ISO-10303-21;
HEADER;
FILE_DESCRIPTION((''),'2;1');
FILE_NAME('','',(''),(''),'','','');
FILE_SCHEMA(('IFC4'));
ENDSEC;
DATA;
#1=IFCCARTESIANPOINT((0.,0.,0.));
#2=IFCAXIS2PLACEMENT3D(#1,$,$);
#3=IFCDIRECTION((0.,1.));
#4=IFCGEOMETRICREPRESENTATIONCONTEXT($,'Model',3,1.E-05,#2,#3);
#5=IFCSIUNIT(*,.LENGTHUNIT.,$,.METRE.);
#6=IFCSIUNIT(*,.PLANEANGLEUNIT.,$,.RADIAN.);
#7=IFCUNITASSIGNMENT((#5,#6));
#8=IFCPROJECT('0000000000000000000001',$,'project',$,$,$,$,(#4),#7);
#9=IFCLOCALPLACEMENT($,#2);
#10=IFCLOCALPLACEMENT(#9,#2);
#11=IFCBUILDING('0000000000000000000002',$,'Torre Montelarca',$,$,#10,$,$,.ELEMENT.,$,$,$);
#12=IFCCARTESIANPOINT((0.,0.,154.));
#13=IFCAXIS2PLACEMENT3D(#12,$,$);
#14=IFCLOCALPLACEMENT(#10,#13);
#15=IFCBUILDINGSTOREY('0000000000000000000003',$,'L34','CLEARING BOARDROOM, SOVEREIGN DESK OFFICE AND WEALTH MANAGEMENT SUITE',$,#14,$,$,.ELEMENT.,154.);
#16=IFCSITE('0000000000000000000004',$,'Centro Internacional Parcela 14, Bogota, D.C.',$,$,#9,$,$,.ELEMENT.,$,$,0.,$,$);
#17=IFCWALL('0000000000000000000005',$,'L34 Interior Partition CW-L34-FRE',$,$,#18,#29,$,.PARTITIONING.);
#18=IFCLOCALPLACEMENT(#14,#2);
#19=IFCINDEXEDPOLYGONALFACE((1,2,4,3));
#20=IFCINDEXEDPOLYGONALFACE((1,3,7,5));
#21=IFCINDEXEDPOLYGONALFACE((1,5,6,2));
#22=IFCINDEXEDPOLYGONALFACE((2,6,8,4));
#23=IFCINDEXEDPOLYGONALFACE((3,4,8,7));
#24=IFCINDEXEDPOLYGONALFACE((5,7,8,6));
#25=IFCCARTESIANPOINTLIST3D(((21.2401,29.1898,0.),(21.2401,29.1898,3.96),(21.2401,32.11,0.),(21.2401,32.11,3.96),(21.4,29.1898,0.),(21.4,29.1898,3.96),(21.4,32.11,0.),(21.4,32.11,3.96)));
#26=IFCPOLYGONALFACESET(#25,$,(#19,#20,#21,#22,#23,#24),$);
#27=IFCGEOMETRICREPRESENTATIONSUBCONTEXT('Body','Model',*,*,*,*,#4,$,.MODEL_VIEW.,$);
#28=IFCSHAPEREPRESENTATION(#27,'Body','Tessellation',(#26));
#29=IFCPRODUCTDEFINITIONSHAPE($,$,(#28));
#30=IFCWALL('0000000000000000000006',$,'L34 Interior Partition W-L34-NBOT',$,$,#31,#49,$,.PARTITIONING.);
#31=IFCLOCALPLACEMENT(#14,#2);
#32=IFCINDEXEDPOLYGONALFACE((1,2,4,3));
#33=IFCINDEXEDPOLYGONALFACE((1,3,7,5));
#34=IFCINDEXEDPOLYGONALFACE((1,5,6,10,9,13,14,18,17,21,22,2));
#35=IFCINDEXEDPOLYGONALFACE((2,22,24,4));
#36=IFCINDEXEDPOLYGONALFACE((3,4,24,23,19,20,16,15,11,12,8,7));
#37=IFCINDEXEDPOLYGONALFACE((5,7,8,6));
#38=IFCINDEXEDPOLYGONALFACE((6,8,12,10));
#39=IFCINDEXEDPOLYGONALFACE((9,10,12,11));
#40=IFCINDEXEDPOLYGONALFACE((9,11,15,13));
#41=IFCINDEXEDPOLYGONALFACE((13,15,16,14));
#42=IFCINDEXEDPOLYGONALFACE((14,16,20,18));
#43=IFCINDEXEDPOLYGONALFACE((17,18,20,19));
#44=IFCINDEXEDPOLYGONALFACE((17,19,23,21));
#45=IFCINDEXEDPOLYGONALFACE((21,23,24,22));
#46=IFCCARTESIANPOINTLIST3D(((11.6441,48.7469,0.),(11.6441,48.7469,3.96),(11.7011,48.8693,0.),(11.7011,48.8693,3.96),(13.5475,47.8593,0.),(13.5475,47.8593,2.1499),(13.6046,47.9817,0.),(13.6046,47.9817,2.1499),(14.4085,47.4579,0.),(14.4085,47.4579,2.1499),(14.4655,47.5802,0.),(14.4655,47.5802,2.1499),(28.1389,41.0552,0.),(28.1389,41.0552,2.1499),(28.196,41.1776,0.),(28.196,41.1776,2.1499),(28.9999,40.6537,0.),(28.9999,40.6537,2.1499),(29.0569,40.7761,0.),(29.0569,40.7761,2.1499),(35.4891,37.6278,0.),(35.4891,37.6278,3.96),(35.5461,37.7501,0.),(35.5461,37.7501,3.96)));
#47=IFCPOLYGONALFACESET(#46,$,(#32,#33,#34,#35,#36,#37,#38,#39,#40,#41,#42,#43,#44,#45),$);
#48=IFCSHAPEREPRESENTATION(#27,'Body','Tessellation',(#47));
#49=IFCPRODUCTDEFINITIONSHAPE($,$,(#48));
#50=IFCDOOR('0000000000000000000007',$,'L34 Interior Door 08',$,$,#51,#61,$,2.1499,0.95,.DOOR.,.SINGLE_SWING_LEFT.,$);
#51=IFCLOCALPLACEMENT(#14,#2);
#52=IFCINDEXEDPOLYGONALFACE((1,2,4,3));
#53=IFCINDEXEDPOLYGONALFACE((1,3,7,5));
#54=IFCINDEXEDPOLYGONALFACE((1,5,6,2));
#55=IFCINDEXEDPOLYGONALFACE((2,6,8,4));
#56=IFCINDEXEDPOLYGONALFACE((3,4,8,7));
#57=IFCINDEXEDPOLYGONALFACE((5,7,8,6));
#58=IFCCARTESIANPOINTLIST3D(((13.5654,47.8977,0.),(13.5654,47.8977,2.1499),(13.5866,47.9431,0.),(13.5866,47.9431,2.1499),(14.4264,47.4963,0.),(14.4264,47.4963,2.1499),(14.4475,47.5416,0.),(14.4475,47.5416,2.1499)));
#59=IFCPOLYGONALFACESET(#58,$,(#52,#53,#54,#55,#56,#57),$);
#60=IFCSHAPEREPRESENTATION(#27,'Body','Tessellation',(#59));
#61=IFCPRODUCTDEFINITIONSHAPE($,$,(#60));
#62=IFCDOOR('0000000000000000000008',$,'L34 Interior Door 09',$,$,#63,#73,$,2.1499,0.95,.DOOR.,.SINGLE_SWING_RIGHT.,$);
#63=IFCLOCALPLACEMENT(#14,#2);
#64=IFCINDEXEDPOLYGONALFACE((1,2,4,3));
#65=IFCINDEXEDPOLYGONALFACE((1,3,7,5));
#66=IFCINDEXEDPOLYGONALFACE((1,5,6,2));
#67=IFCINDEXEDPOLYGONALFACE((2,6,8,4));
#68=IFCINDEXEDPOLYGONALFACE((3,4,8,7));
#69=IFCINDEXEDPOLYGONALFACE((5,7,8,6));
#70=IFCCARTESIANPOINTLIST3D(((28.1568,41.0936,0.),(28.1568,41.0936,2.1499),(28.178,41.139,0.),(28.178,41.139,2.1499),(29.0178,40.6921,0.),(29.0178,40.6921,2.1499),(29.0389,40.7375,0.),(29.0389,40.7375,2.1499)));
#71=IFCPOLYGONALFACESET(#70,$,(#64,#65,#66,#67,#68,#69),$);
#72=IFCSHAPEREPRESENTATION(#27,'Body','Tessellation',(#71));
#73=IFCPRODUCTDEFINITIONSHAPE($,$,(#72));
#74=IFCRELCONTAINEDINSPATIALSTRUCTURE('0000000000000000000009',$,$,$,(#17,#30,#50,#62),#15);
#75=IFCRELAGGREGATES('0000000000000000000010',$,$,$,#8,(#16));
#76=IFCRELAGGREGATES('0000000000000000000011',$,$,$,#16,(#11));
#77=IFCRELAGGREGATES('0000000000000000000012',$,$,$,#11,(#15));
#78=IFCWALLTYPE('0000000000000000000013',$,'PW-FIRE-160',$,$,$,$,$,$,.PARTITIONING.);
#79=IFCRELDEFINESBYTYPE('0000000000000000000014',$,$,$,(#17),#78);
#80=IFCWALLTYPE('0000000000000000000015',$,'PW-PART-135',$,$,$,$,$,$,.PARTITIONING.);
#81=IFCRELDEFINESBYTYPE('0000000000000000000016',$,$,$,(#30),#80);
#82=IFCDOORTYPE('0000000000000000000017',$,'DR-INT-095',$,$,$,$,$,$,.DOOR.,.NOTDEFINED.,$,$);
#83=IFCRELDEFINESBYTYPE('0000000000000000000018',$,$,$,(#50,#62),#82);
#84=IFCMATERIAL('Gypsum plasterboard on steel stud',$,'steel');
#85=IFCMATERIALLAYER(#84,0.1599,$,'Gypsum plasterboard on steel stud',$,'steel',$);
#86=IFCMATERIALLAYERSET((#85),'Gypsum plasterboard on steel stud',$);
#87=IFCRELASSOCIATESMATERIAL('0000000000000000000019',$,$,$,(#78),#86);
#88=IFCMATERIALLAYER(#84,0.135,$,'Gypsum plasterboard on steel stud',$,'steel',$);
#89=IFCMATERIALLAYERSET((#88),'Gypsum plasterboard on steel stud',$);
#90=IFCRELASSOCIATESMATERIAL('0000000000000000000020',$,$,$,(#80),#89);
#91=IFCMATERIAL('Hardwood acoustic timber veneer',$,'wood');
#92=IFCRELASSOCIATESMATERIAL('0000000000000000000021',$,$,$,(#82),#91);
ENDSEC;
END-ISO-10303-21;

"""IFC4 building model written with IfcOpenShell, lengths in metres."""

from ifc_helpers import new_model, si_unit, direction, frame, frame_2d, origin, place, context, subcontext, project, spatial, rectangle, extrude, source, transform, mapped, material, layer, layer_set, type_object, element, fill, save


model = new_model("IFC4")

# Units and contexts
model_context = context("Model", 3, precision=1e-05, world=origin(), true_north=direction((0.0, 1.0)))
body_context = subcontext(model_context, "Body", "Model", "MODEL_VIEW")
ifc_project = project(units=[si_unit("LENGTHUNIT", "METRE"), si_unit("PLANEANGLEUNIT", "RADIAN")], contexts=[model_context])

# Site, building, storey
site_placement = place(None, origin())
site = spatial("IfcSite", under=ifc_project, at=site_placement, Name="Centro Internacional Parcela 14, Bogota, D.C.", CompositionType="ELEMENT", RefElevation=0.0)
building_placement = place(site_placement, origin())
building = spatial("IfcBuilding", under=site, at=building_placement, Name="Torre Montelarca", CompositionType="ELEMENT")
storey_placement = place(building_placement, frame((0.0, 0.0, 154.0)))
storey = spatial("IfcBuildingStorey", under=building, at=storey_placement, Name="L34", Description="CLEARING BOARDROOM, SOVEREIGN DESK OFFICE AND WEALTH MANAGEMENT SUITE", CompositionType="ELEMENT", Elevation=154.0)

# Shared definitions
ifc_material_1 = material(Name="Gypsum plasterboard on steel stud", Category="steel")
ifc_layer_1 = layer(ifc_material_1, 0.1599, Name="Gypsum plasterboard on steel stud", Category="steel")
ifc_layer_set_1 = layer_set([ifc_layer_1], Name="Gypsum plasterboard on steel stud")
wall_type_1 = type_object("IfcWallType", Name="PW-FIRE-160", PredefinedType="PARTITIONING", material=ifc_layer_set_1)

# Wall
wall_1_placement = place(storey_placement, frame((21.3201, 29.1899, 0.0), z_axis=(0.0, 0.0, 1.0), x_axis=(0.0, 1.0, 0.0)))
element("IfcWall", 1, at=wall_1_placement, inside=storey, type_object=wall_type_1, Name="L34 Interior Partition CW-L34-FRE", PredefinedType="PARTITIONING", context=body_context, shape_type="SweptSolid", body=[
    extrude(rectangle(XDim=2.9202, YDim=0.1599, at=frame_2d((1.46, 0.0))), origin(), (0.0, 0.0, 1.0), 3.96),
])

# Wall, openings, doors
ifc_layer_2 = layer(ifc_material_1, 0.135, Name="Gypsum plasterboard on steel stud", Category="steel")
ifc_layer_set_2 = layer_set([ifc_layer_2], Name="Gypsum plasterboard on steel stud")
wall_type_2 = type_object("IfcWallType", Name="PW-PART-135", PredefinedType="PARTITIONING", material=ifc_layer_set_2)
wall_2_placement = place(storey_placement, frame((11.6726, 48.8081, 0.0), z_axis=(0.0, 0.0, 1.0), x_axis=(0.906307, -0.42262, 0.0)))
wall_2 = element("IfcWall", 2, at=wall_2_placement, inside=storey, type_object=wall_type_2, Name="L34 Interior Partition W-L34-NBOT", PredefinedType="PARTITIONING", context=body_context, shape_type="SweptSolid", body=[
    extrude(rectangle(XDim=26.3101, YDim=0.135, at=frame_2d((13.155, 0.0))), origin(), (0.0, 0.0, 1.0), 3.96),
])
opening_1_placement = place(wall_2_placement, frame((2.1001, 0.0, 0.0)))
opening_1 = element("IfcOpeningElement", 3, at=opening_1_placement, cuts=wall_2, PredefinedType="OPENING", context=body_context, shape_type="SweptSolid", body=[
    extrude(rectangle(XDim=0.95, YDim=2.1499, at=frame_2d((0.4751, 1.075))), frame((0.0, 0.0776, 0.0), z_axis=(0.0, -1.0, 0.0), x_axis=(1.0, 0.0, 0.0)), (0.0, 0.0, 1.0), 0.155),
])
opening_2_placement = place(wall_2_placement, frame((18.2, 0.0, 0.0)))
opening_2 = element("IfcOpeningElement", 4, at=opening_2_placement, cuts=wall_2, PredefinedType="OPENING", context=body_context, shape_type="SweptSolid", body=[
    extrude(rectangle(XDim=0.95, YDim=2.1499, at=frame_2d((0.4751, 1.075))), frame((0.0, 0.0776, 0.0), z_axis=(0.0, -1.0, 0.0), x_axis=(1.0, 0.0, 0.0)), (0.0, 0.0, 1.0), 0.155),
])
ifc_material_2 = material(Name="Hardwood acoustic timber veneer", Category="wood")
door_type_1 = type_object("IfcDoorType", Name="DR-INT-095", OperationType="NOTDEFINED", PredefinedType="DOOR", material=ifc_material_2)
shared_shape_1 = source(origin(), body_context, "Body", "SweptSolid", [
    extrude(rectangle(XDim=0.95, YDim=2.1499, at=frame_2d((0.4751, 1.075))), frame((0.0, 0.0249, 0.0), z_axis=(0.0, -1.0, 0.0), x_axis=(1.0, 0.0, 0.0)), (0.0, 0.0, 1.0), 0.05),
])
door_1_placement = place(opening_1_placement, origin())
door_1 = element("IfcDoor", 5, at=door_1_placement, inside=storey, type_object=door_type_1, Name="L34 Interior Door 08", OperationType="SINGLE_SWING_LEFT", OverallHeight=2.1499, OverallWidth=0.95, PredefinedType="DOOR", context=body_context, shape_type="MappedRepresentation", body=[
    mapped(shared_shape_1, transform((0.0, 0.0, 0.0), scale=1.0)),
])
fill(opening_1, door_1)
door_2_placement = place(opening_2_placement, origin())
door_2 = element("IfcDoor", 6, at=door_2_placement, inside=storey, type_object=door_type_1, Name="L34 Interior Door 09", OperationType="SINGLE_SWING_RIGHT", OverallHeight=2.1499, OverallWidth=0.95, PredefinedType="DOOR", context=body_context, shape_type="MappedRepresentation", body=[
    mapped(shared_shape_1, transform((0.0, 0.0, 0.0), scale=1.0)),
])
fill(opening_2, door_2)

save(model, "model.ifc")
